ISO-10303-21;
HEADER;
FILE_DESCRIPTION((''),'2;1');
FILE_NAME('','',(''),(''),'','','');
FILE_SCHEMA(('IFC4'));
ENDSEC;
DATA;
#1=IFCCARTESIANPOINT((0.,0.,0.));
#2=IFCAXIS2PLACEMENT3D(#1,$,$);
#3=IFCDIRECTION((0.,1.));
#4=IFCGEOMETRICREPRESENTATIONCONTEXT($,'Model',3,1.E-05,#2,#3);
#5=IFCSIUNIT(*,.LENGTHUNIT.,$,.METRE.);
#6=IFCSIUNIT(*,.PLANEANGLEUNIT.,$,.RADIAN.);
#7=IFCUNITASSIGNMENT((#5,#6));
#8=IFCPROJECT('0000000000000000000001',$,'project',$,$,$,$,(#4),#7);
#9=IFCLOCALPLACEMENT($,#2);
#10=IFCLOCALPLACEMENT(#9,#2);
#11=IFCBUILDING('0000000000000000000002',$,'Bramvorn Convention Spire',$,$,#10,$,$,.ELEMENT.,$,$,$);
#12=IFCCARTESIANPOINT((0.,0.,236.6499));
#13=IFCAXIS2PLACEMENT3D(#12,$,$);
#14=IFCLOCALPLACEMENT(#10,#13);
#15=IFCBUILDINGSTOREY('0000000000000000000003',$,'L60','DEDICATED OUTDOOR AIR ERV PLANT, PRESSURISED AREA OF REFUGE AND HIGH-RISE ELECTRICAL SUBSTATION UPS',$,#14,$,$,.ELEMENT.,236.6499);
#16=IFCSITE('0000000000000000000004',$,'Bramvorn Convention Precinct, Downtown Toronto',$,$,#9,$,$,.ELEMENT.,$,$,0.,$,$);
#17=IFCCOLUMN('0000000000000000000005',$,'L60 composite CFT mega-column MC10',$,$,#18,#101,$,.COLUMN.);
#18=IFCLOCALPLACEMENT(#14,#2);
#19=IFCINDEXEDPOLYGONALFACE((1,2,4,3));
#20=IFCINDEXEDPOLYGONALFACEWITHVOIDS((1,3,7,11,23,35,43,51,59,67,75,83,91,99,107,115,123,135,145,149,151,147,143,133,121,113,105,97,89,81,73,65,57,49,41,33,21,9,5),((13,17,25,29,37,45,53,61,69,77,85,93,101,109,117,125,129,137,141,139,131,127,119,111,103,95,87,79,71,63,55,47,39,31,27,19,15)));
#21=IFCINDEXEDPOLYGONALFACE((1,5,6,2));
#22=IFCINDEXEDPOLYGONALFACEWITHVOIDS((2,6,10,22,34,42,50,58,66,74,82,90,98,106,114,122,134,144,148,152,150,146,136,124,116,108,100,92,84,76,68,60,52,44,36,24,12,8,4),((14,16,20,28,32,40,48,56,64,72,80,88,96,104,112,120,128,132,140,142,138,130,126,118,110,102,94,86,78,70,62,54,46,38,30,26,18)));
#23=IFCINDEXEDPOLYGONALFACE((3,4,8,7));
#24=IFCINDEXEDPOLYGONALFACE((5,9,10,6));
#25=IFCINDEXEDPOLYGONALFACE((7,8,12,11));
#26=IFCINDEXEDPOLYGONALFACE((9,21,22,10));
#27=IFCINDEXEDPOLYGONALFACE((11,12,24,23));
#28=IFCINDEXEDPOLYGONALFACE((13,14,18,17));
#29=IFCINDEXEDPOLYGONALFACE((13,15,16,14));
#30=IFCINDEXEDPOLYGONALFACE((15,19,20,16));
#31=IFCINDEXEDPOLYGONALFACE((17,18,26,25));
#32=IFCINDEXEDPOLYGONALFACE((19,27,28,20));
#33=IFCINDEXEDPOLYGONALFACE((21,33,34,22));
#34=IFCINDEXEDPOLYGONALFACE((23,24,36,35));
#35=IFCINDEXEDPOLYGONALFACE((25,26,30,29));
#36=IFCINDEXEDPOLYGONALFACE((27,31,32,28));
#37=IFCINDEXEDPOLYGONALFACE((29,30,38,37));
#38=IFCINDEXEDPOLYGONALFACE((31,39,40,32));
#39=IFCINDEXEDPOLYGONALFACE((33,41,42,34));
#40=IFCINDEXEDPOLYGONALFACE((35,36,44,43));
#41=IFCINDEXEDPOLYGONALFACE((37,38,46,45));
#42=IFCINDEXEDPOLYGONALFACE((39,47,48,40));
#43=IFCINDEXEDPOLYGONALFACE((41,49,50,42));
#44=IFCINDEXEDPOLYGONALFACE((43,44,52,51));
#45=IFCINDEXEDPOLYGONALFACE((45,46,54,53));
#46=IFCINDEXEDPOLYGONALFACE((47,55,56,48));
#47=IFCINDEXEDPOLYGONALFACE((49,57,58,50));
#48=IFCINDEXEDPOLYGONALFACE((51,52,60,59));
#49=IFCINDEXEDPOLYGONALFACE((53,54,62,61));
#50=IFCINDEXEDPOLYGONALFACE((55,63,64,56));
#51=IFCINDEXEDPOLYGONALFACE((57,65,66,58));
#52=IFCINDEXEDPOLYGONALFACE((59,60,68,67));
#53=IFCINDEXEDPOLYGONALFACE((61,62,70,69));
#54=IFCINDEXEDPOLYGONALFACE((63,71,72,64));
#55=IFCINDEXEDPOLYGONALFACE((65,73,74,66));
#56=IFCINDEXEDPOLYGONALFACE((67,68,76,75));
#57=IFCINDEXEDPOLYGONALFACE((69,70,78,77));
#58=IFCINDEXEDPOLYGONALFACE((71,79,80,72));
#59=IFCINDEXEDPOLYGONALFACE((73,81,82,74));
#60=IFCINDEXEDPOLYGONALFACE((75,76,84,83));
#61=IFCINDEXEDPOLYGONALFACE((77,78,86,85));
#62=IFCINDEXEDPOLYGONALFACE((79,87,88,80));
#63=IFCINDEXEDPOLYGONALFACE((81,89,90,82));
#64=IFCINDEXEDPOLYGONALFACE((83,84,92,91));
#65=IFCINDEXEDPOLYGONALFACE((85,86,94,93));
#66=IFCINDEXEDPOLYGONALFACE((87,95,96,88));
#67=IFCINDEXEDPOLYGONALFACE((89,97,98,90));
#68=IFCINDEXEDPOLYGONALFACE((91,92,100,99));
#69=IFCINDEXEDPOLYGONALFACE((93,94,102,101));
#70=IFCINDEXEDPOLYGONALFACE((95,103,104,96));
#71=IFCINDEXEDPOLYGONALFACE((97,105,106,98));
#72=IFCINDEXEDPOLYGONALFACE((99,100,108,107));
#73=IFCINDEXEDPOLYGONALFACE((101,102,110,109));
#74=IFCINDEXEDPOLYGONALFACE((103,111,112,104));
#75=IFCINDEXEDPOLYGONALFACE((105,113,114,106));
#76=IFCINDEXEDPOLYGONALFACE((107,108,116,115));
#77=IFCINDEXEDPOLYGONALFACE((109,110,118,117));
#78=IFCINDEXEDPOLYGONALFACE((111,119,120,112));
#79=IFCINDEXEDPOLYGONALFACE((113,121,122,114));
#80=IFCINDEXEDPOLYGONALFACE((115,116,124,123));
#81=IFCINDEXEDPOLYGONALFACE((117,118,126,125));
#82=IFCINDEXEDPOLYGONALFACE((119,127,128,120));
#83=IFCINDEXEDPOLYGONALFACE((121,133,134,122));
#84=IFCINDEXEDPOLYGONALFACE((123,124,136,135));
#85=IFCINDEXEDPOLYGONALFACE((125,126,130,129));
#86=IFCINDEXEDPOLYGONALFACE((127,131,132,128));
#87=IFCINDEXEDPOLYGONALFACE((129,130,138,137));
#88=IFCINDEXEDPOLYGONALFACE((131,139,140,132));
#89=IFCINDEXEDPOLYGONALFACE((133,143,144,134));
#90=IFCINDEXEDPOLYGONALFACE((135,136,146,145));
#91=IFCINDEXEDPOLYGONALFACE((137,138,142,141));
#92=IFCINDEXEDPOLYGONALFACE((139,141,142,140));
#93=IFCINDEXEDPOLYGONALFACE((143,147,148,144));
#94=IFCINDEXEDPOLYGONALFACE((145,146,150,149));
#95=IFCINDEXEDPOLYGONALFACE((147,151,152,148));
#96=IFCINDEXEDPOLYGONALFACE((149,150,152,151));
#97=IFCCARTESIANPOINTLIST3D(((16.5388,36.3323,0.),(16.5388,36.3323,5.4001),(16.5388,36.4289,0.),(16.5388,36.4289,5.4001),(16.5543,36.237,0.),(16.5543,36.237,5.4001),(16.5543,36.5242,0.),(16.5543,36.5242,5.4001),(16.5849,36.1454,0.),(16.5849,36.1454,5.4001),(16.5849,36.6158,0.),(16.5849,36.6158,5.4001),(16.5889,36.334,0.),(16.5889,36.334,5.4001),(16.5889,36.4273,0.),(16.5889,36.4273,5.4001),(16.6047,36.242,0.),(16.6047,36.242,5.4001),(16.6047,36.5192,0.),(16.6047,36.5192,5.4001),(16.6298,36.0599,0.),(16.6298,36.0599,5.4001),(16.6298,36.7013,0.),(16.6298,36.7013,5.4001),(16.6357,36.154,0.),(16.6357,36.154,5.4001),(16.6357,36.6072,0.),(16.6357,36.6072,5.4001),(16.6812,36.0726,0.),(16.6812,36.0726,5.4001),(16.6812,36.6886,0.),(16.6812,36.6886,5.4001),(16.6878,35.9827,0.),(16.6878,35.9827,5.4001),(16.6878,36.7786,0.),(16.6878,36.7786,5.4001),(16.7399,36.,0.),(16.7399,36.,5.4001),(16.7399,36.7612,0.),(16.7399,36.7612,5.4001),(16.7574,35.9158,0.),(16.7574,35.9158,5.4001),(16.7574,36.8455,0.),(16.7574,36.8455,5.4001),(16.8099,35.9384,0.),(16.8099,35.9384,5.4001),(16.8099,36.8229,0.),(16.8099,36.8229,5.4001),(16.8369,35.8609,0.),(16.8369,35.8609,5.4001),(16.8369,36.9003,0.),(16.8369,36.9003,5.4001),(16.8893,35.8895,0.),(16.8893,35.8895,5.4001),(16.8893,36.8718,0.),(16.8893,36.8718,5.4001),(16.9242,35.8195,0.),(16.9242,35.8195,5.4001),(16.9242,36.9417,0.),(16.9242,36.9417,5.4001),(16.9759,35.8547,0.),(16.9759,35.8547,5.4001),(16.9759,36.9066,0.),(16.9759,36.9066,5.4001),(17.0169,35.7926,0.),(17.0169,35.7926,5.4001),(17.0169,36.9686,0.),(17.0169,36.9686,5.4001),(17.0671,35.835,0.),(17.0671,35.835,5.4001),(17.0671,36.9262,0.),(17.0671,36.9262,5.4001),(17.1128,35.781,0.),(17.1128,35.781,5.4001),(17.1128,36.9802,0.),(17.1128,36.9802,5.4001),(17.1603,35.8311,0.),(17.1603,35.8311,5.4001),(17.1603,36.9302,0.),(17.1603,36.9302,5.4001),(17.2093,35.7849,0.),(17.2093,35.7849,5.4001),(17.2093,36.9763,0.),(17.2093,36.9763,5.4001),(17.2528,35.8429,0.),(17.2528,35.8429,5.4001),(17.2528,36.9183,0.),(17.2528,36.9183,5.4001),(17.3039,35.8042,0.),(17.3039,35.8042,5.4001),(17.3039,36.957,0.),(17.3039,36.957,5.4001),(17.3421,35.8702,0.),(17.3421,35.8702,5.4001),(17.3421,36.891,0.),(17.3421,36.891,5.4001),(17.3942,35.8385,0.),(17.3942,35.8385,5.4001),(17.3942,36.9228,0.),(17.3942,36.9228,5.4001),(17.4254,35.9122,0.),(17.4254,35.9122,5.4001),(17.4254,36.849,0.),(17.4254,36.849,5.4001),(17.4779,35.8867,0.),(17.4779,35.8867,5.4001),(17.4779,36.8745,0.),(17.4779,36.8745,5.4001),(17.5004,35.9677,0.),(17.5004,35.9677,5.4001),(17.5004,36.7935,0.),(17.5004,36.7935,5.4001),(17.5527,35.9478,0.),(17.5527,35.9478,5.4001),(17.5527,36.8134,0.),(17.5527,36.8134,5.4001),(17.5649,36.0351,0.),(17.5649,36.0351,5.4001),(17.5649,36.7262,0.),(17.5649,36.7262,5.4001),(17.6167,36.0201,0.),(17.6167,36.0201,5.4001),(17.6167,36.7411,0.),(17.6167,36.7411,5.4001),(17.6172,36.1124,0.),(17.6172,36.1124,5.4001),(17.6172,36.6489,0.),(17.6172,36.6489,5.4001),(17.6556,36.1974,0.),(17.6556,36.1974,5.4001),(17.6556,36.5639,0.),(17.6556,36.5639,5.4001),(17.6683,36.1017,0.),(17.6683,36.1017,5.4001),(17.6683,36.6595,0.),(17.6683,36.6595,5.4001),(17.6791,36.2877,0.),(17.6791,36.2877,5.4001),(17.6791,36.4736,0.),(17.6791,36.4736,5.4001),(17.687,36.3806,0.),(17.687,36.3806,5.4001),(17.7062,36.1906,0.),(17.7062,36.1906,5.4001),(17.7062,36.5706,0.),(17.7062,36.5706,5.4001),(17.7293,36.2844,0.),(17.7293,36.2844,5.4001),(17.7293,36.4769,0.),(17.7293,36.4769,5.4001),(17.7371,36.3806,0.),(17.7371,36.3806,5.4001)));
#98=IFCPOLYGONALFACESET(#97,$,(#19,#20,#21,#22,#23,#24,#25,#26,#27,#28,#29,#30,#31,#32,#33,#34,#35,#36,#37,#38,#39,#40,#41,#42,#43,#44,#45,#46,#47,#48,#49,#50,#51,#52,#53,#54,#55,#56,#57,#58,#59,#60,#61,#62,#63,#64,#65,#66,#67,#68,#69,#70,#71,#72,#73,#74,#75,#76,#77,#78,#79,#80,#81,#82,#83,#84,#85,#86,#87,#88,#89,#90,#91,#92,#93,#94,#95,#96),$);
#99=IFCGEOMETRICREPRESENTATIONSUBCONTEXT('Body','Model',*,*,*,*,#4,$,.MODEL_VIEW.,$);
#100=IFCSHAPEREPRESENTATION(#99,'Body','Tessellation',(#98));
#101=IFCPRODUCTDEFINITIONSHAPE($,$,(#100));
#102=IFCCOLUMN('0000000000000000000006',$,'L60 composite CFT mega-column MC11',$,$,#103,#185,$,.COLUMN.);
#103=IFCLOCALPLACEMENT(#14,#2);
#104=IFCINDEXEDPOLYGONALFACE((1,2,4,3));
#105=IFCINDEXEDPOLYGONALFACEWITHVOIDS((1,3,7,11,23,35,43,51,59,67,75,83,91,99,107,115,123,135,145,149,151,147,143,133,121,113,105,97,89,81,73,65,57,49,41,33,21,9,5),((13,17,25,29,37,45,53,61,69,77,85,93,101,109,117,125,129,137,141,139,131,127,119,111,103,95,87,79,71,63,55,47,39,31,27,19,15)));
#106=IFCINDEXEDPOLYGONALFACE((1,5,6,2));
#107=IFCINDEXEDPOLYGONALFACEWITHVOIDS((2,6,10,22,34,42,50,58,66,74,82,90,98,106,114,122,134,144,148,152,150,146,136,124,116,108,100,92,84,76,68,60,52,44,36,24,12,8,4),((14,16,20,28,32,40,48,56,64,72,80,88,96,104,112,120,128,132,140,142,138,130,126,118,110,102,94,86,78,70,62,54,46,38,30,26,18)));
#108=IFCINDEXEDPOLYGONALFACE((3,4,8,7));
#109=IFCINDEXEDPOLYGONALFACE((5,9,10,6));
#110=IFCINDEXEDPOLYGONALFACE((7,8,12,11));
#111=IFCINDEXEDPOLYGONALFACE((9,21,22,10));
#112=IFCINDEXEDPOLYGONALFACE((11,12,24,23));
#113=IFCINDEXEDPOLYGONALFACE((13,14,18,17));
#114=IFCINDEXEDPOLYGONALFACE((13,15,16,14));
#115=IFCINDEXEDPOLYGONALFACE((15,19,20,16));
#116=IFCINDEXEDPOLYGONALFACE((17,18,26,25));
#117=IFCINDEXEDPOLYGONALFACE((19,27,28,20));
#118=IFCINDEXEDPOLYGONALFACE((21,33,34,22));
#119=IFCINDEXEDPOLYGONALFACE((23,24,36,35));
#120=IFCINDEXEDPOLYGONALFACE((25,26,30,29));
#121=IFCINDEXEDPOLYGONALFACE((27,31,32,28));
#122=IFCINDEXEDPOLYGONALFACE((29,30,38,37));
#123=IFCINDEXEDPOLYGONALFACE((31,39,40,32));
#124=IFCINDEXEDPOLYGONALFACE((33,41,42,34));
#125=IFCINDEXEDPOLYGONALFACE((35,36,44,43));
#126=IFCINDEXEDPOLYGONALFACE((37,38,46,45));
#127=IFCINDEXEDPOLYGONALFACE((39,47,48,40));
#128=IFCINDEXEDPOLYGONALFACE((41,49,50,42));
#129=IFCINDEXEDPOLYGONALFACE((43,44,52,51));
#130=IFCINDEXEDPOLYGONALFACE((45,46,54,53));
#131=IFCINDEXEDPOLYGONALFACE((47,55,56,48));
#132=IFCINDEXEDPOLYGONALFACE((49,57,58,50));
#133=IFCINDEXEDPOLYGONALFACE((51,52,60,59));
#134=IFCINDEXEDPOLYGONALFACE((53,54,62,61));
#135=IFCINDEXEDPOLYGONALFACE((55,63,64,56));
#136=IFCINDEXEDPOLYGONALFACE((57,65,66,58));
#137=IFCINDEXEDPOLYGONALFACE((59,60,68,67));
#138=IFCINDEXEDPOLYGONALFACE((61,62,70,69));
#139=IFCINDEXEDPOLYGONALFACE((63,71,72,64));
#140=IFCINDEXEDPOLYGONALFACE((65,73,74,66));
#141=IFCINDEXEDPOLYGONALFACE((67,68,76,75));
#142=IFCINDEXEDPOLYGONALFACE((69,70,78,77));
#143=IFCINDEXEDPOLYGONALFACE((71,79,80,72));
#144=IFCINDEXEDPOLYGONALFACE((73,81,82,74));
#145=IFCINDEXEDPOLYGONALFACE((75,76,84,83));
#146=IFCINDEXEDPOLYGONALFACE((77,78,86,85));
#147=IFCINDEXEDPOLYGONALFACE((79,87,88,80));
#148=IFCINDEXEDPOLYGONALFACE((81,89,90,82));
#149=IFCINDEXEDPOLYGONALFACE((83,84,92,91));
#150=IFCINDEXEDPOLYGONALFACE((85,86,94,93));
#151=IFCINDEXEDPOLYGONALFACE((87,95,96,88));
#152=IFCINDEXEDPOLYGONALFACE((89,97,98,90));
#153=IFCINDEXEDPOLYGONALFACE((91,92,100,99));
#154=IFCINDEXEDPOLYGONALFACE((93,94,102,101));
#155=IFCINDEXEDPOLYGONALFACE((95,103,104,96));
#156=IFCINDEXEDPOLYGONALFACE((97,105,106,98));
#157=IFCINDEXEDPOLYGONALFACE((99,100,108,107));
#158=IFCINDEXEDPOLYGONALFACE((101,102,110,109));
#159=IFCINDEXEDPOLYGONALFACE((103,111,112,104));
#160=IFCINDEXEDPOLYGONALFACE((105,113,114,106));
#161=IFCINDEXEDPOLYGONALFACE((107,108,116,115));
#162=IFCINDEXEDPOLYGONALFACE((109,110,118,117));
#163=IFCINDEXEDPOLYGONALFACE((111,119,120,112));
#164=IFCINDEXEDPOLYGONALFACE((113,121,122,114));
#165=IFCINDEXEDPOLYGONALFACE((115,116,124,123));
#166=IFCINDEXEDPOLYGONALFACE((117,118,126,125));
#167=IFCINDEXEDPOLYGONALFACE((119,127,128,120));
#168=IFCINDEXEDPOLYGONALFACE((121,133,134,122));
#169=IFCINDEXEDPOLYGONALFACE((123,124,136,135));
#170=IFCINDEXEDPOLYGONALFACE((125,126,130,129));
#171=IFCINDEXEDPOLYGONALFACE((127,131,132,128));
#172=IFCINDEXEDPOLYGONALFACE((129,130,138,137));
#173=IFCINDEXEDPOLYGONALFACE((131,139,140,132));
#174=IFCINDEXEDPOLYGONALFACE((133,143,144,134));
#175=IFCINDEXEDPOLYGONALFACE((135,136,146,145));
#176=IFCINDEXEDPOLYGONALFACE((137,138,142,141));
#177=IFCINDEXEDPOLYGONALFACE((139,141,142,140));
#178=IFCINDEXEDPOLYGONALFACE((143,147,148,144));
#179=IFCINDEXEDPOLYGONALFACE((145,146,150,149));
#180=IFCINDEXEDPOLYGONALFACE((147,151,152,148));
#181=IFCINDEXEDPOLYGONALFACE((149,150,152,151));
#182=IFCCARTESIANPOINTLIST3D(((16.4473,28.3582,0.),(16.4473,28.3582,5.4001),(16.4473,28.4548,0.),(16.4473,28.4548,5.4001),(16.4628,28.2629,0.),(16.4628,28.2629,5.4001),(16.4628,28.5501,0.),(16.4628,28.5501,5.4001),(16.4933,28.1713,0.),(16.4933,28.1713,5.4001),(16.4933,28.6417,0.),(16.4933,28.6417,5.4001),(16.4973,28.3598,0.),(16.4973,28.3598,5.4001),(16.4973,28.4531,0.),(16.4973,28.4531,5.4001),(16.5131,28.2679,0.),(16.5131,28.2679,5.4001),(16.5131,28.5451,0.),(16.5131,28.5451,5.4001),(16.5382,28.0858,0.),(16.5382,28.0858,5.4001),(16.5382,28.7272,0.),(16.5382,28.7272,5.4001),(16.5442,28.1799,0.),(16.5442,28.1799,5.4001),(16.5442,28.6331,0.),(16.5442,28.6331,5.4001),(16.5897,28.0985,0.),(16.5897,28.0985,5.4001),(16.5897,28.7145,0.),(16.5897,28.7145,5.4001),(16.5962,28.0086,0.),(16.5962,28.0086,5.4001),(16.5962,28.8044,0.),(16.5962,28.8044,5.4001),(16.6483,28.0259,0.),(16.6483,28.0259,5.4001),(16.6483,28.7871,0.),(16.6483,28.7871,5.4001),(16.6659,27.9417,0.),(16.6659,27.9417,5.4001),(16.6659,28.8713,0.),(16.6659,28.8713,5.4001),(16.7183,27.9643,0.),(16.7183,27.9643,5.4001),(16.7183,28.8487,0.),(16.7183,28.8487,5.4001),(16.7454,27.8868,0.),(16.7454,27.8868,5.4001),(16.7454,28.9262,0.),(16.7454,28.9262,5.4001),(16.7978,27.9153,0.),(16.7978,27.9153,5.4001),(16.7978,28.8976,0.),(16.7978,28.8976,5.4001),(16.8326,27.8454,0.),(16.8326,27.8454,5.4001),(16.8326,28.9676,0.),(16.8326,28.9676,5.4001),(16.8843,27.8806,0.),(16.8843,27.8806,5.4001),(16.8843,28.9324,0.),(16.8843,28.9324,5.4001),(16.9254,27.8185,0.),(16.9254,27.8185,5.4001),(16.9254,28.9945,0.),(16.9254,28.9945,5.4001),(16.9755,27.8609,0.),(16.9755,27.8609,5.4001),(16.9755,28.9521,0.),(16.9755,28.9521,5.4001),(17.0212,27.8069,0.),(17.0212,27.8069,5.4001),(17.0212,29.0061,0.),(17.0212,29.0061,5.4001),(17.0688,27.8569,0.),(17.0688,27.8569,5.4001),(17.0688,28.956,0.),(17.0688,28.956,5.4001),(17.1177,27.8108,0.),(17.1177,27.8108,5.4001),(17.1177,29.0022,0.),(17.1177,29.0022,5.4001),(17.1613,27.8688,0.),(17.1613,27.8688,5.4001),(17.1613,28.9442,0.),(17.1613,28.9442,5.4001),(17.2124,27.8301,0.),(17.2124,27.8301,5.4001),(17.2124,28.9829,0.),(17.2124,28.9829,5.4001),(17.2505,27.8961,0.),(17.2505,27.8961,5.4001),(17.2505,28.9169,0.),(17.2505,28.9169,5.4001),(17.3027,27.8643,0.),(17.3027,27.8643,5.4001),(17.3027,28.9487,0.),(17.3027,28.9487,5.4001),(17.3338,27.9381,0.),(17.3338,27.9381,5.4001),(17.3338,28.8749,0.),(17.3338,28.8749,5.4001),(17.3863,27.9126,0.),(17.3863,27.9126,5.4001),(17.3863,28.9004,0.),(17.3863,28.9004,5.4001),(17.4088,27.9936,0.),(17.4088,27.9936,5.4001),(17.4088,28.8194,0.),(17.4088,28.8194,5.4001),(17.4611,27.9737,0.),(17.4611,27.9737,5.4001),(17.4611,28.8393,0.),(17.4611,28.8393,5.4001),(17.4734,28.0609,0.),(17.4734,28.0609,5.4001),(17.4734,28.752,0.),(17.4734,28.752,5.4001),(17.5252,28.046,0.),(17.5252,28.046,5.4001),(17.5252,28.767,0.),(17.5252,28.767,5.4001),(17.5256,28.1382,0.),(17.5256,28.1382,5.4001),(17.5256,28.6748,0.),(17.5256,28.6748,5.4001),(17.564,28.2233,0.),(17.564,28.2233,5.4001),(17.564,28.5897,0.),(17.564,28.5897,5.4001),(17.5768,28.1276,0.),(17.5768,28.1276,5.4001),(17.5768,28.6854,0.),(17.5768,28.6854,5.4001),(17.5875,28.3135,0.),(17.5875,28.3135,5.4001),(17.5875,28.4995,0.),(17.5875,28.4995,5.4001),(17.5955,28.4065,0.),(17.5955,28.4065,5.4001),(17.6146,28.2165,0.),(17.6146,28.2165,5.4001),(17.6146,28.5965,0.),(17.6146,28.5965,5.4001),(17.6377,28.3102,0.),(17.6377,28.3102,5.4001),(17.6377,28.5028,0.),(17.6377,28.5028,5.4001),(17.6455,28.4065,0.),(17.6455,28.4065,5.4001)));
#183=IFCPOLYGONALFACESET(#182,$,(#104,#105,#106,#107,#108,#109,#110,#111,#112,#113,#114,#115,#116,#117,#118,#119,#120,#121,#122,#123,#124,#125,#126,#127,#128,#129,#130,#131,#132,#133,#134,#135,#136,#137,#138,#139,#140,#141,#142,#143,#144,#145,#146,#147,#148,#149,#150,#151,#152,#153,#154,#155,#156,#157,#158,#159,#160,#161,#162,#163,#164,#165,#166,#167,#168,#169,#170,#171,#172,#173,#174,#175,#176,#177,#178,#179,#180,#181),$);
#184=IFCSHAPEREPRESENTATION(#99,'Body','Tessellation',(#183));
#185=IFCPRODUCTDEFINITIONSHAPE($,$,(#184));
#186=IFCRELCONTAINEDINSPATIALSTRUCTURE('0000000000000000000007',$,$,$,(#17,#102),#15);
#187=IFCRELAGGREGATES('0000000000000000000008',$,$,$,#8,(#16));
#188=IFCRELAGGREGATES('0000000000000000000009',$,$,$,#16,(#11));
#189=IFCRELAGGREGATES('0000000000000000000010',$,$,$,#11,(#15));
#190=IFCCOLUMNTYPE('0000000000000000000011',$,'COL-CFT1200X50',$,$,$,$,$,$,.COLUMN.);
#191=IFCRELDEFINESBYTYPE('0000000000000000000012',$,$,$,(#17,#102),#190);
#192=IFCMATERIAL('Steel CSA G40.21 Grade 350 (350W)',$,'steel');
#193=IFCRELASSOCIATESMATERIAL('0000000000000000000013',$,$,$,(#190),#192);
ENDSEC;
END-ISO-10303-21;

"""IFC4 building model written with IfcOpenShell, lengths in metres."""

from ifc_helpers import new_model, si_unit, direction, frame, origin, origin_2d, place, context, subcontext, project, spatial, hollow_circle, extrude, material, material_profile, profile_set, type_object, element, save


model = new_model("IFC4")

# Units and contexts
model_context = context("Model", 3, precision=1e-05, world=origin(), true_north=direction((0.0, 1.0)))
body_context = subcontext(model_context, "Body", "Model", "MODEL_VIEW")
ifc_project = project(units=[si_unit("LENGTHUNIT", "METRE"), si_unit("PLANEANGLEUNIT", "RADIAN")], contexts=[model_context])

# Site, building, storey
site_placement = place(None, origin())
site = spatial("IfcSite", under=ifc_project, at=site_placement, Name="Bramvorn Convention Precinct, Downtown Toronto", CompositionType="ELEMENT", RefElevation=0.0)
building_placement = place(site_placement, origin())
building = spatial("IfcBuilding", under=site, at=building_placement, Name="Bramvorn Convention Spire", CompositionType="ELEMENT")
storey_placement = place(building_placement, frame((0.0, 0.0, 236.6499)))
storey = spatial("IfcBuildingStorey", under=building, at=storey_placement, Name="L60", Description="DEDICATED OUTDOOR AIR ERV PLANT, PRESSURISED AREA OF REFUGE AND HIGH-RISE ELECTRICAL SUBSTATION UPS", CompositionType="ELEMENT", Elevation=236.6499)

# Columns
ifc_material_1 = material(Name="Steel CSA G40.21 Grade 350 (350W)", Category="steel")
ifc_material_profile_1 = material_profile(ifc_material_1, hollow_circle(Radius=0.6001, WallThickness=0.05, at=origin_2d()))
ifc_profile_set_1 = profile_set([ifc_material_profile_1], Name="Steel CSA G40.21 Grade 350 (350W) - CFT1200X50")
column_type = type_object("IfcColumnType", Name="COL-CFT1200X50", PredefinedType="COLUMN", material=ifc_profile_set_1)
for number, where, z_axis, x_axis, name in (
    (1, (17.137, 36.3806, 0.0), (0.0, 0.0, 1.0), (1.0, 0.0, 0.0), "L60 composite CFT mega-column MC10"),
    (2, (17.0454, 28.4065, 0.0), (0.0, 0.0, 1.0), (1.0, 0.0, 0.0), "L60 composite CFT mega-column MC11"),
):
    element("IfcColumn", number, at=place(storey_placement, frame(where, z_axis=z_axis, x_axis=x_axis)), inside=storey, type_object=column_type, Name=name, PredefinedType="COLUMN", context=body_context, shape_type="SweptSolid", body=[
        extrude(hollow_circle(Radius=0.6001, WallThickness=0.05, at=origin_2d()), origin(), (0.0, 0.0, 1.0), 5.4001),
    ])

save(model, "model.ifc")
